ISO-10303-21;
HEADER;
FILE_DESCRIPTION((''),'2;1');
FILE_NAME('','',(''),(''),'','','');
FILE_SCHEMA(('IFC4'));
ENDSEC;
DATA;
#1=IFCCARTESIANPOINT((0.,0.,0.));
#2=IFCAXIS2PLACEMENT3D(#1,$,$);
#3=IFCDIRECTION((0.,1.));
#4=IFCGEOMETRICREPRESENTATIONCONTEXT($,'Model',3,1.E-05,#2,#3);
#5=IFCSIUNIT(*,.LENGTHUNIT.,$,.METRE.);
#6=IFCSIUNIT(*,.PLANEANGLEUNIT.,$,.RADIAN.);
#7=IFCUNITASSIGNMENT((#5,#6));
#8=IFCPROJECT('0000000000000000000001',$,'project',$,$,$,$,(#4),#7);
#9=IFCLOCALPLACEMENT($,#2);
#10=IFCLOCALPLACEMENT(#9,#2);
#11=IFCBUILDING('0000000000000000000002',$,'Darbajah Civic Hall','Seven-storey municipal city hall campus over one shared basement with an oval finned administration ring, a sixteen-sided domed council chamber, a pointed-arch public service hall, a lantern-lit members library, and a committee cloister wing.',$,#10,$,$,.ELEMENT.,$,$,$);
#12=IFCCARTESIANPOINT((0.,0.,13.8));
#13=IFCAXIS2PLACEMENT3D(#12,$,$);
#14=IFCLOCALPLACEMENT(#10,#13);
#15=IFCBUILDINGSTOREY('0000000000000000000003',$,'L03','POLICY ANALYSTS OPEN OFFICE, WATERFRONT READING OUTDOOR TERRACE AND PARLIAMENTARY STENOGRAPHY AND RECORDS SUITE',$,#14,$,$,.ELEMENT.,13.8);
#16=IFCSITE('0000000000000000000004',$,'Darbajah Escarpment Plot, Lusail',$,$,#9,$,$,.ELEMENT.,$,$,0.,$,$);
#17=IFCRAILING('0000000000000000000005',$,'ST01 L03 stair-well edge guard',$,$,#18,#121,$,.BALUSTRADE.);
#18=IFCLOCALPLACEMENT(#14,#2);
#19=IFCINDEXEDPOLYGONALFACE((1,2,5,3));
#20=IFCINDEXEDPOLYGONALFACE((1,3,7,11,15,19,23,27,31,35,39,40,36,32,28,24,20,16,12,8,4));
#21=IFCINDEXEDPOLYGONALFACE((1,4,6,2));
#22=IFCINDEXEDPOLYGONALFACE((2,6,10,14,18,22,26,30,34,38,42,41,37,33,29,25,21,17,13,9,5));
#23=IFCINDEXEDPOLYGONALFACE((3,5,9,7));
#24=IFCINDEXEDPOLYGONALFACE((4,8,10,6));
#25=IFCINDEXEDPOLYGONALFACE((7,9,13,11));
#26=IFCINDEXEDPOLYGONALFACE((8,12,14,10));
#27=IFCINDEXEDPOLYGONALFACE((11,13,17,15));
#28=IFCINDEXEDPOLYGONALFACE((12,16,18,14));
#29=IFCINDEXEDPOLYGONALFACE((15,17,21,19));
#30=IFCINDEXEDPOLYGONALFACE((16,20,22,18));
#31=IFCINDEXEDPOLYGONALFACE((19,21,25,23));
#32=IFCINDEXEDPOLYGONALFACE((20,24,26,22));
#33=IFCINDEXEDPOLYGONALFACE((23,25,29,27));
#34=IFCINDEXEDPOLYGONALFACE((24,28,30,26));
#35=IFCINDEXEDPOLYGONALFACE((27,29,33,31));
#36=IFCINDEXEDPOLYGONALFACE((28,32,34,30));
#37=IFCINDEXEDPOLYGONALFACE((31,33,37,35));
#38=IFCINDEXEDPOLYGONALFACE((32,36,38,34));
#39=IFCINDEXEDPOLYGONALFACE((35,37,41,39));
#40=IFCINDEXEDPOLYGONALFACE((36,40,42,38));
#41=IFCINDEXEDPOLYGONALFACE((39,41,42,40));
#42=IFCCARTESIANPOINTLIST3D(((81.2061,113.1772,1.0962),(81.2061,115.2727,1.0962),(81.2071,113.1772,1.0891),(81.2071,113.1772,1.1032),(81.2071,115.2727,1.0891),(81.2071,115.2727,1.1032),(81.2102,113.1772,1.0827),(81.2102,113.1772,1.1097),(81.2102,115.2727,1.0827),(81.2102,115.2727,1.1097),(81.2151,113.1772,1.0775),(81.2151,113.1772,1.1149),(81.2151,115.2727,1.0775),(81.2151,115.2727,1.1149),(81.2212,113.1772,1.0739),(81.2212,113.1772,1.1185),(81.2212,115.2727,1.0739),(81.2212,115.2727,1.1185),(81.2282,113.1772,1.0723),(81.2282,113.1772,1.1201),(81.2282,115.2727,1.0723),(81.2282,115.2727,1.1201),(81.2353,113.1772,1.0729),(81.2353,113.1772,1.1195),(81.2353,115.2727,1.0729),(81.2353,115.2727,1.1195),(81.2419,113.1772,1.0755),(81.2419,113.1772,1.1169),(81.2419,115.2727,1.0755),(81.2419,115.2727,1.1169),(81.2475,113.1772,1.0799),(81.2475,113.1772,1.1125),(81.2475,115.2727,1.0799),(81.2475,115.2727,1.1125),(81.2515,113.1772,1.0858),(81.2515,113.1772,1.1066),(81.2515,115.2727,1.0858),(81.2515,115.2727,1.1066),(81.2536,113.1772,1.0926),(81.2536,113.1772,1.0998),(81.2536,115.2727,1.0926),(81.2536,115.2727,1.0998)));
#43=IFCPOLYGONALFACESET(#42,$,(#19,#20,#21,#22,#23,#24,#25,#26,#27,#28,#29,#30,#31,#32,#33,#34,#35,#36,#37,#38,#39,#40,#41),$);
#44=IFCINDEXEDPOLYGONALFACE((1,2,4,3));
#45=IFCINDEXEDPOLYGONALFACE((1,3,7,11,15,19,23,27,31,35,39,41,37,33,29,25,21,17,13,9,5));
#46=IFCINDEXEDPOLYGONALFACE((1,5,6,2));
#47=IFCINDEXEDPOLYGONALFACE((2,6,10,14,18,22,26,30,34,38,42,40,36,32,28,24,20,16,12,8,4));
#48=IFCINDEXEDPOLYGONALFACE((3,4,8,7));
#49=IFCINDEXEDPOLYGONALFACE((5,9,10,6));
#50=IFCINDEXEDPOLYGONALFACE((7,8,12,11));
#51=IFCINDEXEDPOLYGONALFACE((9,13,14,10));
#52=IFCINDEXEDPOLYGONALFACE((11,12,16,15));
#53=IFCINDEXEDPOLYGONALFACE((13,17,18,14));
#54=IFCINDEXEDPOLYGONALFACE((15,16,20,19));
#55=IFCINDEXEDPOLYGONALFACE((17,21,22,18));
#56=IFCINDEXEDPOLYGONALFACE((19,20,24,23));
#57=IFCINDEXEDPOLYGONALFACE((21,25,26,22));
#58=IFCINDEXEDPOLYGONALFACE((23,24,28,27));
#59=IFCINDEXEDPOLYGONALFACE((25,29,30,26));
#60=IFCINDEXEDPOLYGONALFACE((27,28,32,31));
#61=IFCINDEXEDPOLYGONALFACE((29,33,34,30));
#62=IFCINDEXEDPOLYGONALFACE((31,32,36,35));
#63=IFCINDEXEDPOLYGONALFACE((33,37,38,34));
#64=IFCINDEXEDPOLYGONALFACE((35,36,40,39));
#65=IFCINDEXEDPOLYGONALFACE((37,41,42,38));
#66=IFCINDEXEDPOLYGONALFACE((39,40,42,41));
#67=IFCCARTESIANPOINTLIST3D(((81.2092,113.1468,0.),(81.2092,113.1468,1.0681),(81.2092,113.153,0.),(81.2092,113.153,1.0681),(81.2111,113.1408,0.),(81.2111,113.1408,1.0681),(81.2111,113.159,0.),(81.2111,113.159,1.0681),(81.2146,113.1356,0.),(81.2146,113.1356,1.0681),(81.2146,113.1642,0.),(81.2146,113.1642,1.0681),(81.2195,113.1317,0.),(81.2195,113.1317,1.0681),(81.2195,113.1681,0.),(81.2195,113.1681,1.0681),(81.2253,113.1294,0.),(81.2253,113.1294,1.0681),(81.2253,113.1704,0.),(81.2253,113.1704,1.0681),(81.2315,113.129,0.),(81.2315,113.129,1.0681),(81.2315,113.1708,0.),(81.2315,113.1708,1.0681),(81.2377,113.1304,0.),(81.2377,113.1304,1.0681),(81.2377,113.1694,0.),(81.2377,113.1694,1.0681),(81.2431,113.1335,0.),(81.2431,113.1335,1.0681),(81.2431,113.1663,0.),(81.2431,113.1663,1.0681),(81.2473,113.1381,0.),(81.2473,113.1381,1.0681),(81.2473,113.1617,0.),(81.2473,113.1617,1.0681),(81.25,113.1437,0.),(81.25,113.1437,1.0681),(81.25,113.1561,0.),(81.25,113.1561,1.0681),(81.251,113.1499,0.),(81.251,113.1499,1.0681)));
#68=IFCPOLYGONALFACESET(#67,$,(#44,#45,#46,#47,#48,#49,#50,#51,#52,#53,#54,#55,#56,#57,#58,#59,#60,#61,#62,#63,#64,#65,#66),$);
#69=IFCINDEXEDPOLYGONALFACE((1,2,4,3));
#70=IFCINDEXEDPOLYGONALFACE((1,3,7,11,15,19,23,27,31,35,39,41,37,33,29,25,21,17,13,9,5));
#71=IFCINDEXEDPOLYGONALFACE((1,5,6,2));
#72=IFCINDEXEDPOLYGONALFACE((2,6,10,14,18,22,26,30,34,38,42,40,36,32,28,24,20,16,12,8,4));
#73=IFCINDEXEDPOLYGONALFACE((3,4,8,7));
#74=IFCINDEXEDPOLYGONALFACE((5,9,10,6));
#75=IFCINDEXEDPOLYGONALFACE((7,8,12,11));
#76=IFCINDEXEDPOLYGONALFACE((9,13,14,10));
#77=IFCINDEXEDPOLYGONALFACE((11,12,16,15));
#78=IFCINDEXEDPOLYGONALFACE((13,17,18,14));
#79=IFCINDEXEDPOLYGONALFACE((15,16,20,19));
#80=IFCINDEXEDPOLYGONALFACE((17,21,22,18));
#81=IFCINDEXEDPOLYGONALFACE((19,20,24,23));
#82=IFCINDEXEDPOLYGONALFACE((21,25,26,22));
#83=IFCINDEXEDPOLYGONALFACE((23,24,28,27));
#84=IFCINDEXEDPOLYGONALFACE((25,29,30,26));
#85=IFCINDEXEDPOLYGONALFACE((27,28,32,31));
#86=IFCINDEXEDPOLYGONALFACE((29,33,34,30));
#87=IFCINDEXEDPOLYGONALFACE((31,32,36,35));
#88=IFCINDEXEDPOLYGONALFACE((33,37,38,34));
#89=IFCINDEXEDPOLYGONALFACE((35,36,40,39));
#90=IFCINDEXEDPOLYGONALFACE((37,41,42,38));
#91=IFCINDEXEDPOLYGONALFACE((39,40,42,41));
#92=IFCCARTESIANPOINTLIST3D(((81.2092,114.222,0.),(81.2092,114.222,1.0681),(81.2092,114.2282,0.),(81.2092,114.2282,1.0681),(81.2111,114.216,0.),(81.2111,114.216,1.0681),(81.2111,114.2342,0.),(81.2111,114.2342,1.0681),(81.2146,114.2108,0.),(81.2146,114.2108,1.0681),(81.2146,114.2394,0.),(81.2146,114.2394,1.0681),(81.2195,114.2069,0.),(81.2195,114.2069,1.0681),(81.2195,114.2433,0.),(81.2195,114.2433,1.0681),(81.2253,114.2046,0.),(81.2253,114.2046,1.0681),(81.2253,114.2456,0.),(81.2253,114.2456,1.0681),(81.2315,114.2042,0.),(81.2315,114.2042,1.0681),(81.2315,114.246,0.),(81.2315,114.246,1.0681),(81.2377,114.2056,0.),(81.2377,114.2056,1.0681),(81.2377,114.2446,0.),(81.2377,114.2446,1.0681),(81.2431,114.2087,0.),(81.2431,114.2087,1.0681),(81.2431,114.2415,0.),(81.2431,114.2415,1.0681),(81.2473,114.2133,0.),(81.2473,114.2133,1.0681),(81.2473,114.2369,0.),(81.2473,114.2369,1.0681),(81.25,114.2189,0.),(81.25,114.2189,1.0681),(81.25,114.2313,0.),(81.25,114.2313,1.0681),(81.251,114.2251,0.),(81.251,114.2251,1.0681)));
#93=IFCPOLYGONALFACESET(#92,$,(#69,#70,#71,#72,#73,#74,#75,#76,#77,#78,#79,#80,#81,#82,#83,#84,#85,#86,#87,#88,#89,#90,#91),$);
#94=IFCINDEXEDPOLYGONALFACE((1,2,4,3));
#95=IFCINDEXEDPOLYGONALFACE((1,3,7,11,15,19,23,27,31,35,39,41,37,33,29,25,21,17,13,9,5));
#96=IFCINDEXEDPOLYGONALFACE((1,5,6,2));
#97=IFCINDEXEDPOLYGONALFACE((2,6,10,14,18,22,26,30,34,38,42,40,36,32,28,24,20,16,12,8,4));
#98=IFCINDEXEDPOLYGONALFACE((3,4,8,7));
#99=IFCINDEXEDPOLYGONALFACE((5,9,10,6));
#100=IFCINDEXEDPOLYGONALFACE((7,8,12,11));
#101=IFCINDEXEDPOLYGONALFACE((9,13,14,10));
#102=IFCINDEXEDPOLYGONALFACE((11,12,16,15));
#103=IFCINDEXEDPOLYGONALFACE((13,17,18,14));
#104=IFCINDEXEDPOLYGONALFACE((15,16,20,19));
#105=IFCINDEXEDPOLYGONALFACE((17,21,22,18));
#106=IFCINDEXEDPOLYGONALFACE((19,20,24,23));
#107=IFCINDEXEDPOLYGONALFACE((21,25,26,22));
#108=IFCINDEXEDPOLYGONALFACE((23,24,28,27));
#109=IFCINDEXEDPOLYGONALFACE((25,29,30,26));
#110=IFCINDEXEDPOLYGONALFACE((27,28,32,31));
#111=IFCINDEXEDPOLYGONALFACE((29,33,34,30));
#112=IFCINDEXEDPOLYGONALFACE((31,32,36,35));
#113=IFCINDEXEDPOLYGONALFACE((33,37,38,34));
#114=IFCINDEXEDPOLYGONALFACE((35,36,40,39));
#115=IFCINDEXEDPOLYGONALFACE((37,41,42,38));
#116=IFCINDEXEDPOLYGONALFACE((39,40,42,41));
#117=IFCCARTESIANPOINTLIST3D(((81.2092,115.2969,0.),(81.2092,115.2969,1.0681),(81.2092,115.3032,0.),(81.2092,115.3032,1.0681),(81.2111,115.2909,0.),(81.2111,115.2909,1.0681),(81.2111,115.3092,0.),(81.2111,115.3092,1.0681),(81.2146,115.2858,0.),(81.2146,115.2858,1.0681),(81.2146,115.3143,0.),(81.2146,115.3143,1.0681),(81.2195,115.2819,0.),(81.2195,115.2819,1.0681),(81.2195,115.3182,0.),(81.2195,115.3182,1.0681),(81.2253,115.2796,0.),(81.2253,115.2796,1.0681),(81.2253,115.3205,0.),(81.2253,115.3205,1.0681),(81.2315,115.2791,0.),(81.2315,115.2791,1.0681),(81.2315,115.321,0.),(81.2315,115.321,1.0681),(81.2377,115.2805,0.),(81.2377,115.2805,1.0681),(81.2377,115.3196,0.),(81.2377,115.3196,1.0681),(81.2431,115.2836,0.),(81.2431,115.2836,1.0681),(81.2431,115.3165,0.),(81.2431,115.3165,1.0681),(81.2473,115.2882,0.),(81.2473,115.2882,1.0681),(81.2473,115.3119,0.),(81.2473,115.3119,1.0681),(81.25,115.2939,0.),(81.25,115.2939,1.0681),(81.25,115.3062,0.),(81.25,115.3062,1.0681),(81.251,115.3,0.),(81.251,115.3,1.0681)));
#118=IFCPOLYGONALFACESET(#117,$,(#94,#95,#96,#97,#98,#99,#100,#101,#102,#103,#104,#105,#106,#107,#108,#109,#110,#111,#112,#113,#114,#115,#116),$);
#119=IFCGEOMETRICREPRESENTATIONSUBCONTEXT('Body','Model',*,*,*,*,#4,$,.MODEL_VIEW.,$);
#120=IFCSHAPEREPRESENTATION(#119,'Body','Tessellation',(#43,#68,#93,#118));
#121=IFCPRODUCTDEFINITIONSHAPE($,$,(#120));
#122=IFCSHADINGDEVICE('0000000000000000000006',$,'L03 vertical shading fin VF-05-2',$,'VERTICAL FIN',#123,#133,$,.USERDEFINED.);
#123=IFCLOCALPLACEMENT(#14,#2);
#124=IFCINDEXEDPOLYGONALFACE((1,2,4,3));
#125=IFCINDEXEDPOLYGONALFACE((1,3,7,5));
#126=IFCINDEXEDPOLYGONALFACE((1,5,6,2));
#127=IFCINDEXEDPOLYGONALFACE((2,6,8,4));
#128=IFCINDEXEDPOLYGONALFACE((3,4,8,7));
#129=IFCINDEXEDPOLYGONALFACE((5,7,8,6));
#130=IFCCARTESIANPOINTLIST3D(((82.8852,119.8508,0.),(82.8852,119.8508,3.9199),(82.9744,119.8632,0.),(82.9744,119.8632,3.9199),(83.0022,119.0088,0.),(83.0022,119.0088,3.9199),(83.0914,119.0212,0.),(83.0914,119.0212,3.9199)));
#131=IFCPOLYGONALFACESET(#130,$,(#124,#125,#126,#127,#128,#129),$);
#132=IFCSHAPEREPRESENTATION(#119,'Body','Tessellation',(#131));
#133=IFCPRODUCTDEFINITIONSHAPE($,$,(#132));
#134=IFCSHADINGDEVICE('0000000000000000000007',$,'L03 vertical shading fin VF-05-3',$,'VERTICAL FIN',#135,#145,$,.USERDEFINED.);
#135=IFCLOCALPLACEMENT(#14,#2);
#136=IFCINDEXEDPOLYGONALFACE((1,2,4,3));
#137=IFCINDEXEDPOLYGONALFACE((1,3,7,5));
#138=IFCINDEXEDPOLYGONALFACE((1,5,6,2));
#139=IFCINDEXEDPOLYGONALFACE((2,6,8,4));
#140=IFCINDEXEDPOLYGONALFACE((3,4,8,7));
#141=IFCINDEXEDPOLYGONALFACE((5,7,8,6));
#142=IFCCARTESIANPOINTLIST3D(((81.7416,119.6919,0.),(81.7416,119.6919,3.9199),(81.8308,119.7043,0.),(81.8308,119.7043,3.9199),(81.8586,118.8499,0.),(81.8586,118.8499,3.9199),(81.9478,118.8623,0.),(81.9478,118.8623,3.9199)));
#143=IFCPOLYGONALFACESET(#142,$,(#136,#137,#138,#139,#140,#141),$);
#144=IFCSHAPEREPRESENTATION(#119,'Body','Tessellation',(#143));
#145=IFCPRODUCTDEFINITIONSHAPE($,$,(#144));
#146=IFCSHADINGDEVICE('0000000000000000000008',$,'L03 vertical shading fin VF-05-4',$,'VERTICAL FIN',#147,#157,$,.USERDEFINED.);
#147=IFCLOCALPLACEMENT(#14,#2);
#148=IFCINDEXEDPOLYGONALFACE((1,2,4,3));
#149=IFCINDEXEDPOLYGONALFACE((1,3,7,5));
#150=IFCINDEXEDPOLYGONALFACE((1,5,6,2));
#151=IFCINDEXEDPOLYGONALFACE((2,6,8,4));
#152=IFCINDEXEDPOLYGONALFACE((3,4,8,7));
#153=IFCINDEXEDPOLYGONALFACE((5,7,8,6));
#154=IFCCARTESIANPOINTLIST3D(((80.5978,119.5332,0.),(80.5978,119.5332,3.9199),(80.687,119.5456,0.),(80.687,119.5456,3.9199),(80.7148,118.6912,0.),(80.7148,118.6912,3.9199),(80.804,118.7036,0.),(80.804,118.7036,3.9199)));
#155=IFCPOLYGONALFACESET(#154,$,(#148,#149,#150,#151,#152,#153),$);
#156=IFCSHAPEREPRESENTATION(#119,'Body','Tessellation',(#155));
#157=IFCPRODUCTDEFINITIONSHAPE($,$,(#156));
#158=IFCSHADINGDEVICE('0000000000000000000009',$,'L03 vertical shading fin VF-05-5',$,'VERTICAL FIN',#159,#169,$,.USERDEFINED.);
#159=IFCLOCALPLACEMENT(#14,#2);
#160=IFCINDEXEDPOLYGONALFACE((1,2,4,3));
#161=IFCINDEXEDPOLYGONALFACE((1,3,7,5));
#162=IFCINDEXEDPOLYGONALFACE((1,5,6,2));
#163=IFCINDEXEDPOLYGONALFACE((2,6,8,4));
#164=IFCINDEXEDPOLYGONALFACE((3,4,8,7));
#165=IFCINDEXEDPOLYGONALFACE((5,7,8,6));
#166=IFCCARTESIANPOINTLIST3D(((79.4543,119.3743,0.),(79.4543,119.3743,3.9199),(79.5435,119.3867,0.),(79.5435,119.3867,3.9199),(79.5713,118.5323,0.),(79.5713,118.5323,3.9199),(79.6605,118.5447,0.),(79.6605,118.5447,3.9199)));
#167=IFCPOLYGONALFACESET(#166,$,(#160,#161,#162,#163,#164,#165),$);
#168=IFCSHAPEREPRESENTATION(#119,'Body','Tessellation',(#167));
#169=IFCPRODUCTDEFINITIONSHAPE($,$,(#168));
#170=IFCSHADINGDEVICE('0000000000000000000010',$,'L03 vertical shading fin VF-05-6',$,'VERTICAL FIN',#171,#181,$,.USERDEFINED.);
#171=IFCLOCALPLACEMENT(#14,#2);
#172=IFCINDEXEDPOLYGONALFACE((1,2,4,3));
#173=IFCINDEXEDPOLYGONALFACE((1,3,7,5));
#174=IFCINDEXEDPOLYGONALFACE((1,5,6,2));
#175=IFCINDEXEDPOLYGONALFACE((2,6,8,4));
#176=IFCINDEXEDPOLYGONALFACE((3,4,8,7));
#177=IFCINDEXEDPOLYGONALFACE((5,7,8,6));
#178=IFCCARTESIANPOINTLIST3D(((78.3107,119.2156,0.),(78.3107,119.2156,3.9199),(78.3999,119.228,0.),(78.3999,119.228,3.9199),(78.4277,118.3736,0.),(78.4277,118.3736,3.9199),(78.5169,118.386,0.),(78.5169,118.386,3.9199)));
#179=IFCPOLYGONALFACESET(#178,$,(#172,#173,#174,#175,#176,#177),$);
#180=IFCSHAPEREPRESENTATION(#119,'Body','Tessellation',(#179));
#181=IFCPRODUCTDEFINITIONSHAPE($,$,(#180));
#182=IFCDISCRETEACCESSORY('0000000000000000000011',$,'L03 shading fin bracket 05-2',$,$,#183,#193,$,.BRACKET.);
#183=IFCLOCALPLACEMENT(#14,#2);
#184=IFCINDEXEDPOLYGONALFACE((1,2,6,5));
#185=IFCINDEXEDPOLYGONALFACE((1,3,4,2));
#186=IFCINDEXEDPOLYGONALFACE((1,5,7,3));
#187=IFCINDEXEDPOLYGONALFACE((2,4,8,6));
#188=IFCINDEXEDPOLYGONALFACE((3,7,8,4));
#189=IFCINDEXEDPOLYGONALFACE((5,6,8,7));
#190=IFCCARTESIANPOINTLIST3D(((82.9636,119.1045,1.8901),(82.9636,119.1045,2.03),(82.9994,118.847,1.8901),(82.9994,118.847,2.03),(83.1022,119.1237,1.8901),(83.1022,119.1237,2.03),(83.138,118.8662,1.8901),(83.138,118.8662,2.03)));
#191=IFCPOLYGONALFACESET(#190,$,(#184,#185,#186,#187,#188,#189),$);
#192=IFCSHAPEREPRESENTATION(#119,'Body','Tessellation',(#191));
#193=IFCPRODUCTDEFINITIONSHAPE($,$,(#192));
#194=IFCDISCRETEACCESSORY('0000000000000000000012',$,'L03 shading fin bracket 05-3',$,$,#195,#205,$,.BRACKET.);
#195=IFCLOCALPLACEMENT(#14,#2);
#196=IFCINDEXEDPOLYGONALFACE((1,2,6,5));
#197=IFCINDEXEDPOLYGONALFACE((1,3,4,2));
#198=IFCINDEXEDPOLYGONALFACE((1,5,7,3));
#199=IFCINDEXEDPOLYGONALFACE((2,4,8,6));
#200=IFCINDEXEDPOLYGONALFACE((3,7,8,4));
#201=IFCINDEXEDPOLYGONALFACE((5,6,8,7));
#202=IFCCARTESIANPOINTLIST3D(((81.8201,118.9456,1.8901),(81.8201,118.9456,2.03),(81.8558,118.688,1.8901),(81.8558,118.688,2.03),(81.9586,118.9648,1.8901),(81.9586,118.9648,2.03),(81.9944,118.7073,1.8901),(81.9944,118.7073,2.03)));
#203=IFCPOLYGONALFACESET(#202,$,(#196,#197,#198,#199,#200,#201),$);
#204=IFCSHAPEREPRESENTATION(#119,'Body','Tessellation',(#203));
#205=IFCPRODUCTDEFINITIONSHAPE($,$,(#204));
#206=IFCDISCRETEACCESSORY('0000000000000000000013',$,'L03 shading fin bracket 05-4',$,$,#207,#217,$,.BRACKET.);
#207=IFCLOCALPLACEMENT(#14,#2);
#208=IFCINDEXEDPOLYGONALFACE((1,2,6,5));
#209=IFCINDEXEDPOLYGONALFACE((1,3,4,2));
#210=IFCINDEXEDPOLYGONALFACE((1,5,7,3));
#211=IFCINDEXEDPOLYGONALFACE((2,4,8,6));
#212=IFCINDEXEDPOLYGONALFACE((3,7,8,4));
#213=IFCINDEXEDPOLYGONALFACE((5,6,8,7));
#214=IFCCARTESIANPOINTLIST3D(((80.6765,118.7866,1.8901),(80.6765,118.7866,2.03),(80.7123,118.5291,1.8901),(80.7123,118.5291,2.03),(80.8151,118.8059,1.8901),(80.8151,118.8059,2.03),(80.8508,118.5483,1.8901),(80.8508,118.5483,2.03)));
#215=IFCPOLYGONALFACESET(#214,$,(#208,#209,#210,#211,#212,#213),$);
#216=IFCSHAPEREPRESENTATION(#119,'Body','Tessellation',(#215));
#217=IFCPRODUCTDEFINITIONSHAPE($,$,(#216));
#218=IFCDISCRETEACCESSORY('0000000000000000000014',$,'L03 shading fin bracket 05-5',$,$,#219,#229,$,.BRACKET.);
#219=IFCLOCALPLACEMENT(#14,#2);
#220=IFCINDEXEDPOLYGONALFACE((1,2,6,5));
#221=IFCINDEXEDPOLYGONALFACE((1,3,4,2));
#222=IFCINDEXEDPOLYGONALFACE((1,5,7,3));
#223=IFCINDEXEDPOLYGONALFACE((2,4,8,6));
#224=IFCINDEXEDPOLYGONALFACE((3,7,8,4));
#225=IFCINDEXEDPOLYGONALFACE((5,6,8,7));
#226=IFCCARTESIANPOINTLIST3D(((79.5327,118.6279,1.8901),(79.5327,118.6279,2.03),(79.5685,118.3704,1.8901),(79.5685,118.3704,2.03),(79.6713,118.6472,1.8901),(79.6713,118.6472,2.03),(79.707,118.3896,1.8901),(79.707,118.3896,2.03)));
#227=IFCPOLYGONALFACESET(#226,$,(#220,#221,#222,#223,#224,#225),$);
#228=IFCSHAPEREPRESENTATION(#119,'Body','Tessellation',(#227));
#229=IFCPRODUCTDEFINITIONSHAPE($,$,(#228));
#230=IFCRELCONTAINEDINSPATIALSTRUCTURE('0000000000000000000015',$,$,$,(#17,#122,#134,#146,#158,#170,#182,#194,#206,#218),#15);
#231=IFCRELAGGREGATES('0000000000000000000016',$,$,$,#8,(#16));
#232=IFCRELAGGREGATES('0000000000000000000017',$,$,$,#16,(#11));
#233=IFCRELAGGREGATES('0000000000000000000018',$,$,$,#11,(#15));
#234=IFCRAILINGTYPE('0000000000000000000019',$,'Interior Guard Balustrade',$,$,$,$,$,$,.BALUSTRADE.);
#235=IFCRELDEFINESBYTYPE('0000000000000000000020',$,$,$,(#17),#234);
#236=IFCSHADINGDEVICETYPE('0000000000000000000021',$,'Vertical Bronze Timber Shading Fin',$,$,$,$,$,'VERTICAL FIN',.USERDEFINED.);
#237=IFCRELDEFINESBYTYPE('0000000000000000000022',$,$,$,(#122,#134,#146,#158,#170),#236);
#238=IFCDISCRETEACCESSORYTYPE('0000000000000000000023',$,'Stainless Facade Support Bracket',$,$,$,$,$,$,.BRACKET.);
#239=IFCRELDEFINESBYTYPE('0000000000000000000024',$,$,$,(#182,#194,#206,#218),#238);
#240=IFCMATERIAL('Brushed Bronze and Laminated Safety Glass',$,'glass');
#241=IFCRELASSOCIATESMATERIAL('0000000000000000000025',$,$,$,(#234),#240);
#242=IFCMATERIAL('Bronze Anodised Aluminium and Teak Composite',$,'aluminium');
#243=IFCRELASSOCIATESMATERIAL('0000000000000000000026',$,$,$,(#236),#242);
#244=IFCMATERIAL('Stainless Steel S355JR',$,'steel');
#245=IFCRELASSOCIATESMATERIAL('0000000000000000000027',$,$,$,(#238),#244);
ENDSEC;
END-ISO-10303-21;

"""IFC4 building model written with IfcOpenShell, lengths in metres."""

from ifc_helpers import new_model, si_unit, direction, frame, origin, origin_2d, place, context, subcontext, project, spatial, rectangle, circle, extrude, material, type_object, element, save


model = new_model("IFC4")

# Units and contexts
model_context = context("Model", 3, precision=1e-05, world=origin(), true_north=direction((0.0, 1.0)))
body_context = subcontext(model_context, "Body", "Model", "MODEL_VIEW")
ifc_project = project(units=[si_unit("LENGTHUNIT", "METRE"), si_unit("PLANEANGLEUNIT", "RADIAN")], contexts=[model_context])

# Site, building, storey
site_placement = place(None, origin())
site = spatial("IfcSite", under=ifc_project, at=site_placement, Name="Darbajah Escarpment Plot, Lusail", CompositionType="ELEMENT", RefElevation=0.0)
building_placement = place(site_placement, origin())
building = spatial("IfcBuilding", under=site, at=building_placement, Name="Darbajah Civic Hall", Description="Seven-storey municipal city hall campus over one shared basement with an oval finned administration ring, a sixteen-sided domed council chamber, a pointed-arch public service hall, a lantern-lit members library, and a committee cloister wing.", CompositionType="ELEMENT")
storey_placement = place(building_placement, frame((0.0, 0.0, 13.8)))
storey = spatial("IfcBuildingStorey", under=building, at=storey_placement, Name="L03", Description="POLICY ANALYSTS OPEN OFFICE, WATERFRONT READING OUTDOOR TERRACE AND PARLIAMENTARY STENOGRAPHY AND RECORDS SUITE", CompositionType="ELEMENT", Elevation=13.8)

# Railing
ifc_material_1 = material(Name="Brushed Bronze and Laminated Safety Glass", Category="glass")
railing_type_1 = type_object("IfcRailingType", Name="Interior Guard Balustrade", PredefinedType="BALUSTRADE", material=ifc_material_1)
railing_1_placement = place(storey_placement, frame((81.23, 113.1499, 0.0)))
element("IfcRailing", 1, at=railing_1_placement, inside=storey, type_object=railing_type_1, Name="ST01 L03 stair-well edge guard", PredefinedType="BALUSTRADE", context=body_context, shape_type="SweptSolid", body=[
    extrude(circle(Radius=0.0239, at=origin_2d()), frame((0.0, 0.0273, 1.0962), z_axis=(0.0, 1.0, 0.0), x_axis=(-1.0, 0.0, 0.0)), (0.0, 0.0, 1.0), 2.0955),
    extrude(circle(Radius=0.021, at=origin_2d()), origin(), (0.0, 0.0, 1.0), 1.0681),
    extrude(circle(Radius=0.021, at=origin_2d()), frame((0.0, 1.0752, 0.0)), (0.0, 0.0, 1.0), 1.0681),
    extrude(circle(Radius=0.021, at=origin_2d()), frame((0.0, 2.1501, 0.0)), (0.0, 0.0, 1.0), 1.0681),
])

# Shading devices
ifc_material_2 = material(Name="Bronze Anodised Aluminium and Teak Composite", Category="aluminium")
shading_device_type = type_object("IfcShadingDeviceType", Name="Vertical Bronze Timber Shading Fin", ElementType="VERTICAL FIN", PredefinedType="USERDEFINED", material=ifc_material_2)
for number, where, z_axis, x_axis, name in (
    (2, (82.9883, 119.436, 0.0), (0.0, 0.0, 1.0), (-0.137617, 0.990485, 0.0), "L03 vertical shading fin VF-05-2"),
    (3, (81.8447, 119.2771, 0.0), (0.0, 0.0, 1.0), (-0.137617, 0.990485, 0.0), "L03 vertical shading fin VF-05-3"),
    (4, (80.7009, 119.1184, 0.0), (0.0, 0.0, 1.0), (-0.137617, 0.990485, 0.0), "L03 vertical shading fin VF-05-4"),
    (5, (79.5574, 118.9595, 0.0), (0.0, 0.0, 1.0), (-0.137617, 0.990485, 0.0), "L03 vertical shading fin VF-05-5"),
    (6, (78.4138, 118.8008, 0.0), (0.0, 0.0, 1.0), (-0.137617, 0.990485, 0.0), "L03 vertical shading fin VF-05-6"),
):
    element("IfcShadingDevice", number, at=place(storey_placement, frame(where, z_axis=z_axis, x_axis=x_axis)), inside=storey, type_object=shading_device_type, Name=name, ObjectType="VERTICAL FIN", PredefinedType="USERDEFINED", context=body_context, shape_type="SweptSolid", body=[
        extrude(rectangle(XDim=0.8501, YDim=0.0901, at=origin_2d()), origin(), (0.0, 0.0, 1.0), 3.9199),
    ])

# Discrete accessories
ifc_material_3 = material(Name="Stainless Steel S355JR", Category="steel")
discrete_accessory_type = type_object("IfcDiscreteAccessoryType", Name="Stainless Facade Support Bracket", PredefinedType="BRACKET", material=ifc_material_3)
for number, where, z_axis, x_axis, name in (
    (7, (83.0508, 118.9854, 1.8901), (0.0, 0.0, 1.0), (-0.137617, 0.990485, 0.0), "L03 shading fin bracket 05-2"),
    (8, (81.9072, 118.8264, 1.8901), (0.0, 0.0, 1.0), (-0.137617, 0.990485, 0.0), "L03 shading fin bracket 05-3"),
    (9, (80.7637, 118.6675, 1.8901), (0.0, 0.0, 1.0), (-0.137617, 0.990485, 0.0), "L03 shading fin bracket 05-4"),
    (10, (79.6199, 118.5088, 1.8901), (0.0, 0.0, 1.0), (-0.137617, 0.990485, 0.0), "L03 shading fin bracket 05-5"),
):
    element("IfcDiscreteAccessory", number, at=place(storey_placement, frame(where, z_axis=z_axis, x_axis=x_axis)), inside=storey, type_object=discrete_accessory_type, Name=name, PredefinedType="BRACKET", context=body_context, shape_type="SweptSolid", body=[
        extrude(rectangle(XDim=0.26, YDim=0.1399, at=origin_2d()), origin(), (0.0, 0.0, 1.0), 0.1399),
    ])

save(model, "model.ifc")
